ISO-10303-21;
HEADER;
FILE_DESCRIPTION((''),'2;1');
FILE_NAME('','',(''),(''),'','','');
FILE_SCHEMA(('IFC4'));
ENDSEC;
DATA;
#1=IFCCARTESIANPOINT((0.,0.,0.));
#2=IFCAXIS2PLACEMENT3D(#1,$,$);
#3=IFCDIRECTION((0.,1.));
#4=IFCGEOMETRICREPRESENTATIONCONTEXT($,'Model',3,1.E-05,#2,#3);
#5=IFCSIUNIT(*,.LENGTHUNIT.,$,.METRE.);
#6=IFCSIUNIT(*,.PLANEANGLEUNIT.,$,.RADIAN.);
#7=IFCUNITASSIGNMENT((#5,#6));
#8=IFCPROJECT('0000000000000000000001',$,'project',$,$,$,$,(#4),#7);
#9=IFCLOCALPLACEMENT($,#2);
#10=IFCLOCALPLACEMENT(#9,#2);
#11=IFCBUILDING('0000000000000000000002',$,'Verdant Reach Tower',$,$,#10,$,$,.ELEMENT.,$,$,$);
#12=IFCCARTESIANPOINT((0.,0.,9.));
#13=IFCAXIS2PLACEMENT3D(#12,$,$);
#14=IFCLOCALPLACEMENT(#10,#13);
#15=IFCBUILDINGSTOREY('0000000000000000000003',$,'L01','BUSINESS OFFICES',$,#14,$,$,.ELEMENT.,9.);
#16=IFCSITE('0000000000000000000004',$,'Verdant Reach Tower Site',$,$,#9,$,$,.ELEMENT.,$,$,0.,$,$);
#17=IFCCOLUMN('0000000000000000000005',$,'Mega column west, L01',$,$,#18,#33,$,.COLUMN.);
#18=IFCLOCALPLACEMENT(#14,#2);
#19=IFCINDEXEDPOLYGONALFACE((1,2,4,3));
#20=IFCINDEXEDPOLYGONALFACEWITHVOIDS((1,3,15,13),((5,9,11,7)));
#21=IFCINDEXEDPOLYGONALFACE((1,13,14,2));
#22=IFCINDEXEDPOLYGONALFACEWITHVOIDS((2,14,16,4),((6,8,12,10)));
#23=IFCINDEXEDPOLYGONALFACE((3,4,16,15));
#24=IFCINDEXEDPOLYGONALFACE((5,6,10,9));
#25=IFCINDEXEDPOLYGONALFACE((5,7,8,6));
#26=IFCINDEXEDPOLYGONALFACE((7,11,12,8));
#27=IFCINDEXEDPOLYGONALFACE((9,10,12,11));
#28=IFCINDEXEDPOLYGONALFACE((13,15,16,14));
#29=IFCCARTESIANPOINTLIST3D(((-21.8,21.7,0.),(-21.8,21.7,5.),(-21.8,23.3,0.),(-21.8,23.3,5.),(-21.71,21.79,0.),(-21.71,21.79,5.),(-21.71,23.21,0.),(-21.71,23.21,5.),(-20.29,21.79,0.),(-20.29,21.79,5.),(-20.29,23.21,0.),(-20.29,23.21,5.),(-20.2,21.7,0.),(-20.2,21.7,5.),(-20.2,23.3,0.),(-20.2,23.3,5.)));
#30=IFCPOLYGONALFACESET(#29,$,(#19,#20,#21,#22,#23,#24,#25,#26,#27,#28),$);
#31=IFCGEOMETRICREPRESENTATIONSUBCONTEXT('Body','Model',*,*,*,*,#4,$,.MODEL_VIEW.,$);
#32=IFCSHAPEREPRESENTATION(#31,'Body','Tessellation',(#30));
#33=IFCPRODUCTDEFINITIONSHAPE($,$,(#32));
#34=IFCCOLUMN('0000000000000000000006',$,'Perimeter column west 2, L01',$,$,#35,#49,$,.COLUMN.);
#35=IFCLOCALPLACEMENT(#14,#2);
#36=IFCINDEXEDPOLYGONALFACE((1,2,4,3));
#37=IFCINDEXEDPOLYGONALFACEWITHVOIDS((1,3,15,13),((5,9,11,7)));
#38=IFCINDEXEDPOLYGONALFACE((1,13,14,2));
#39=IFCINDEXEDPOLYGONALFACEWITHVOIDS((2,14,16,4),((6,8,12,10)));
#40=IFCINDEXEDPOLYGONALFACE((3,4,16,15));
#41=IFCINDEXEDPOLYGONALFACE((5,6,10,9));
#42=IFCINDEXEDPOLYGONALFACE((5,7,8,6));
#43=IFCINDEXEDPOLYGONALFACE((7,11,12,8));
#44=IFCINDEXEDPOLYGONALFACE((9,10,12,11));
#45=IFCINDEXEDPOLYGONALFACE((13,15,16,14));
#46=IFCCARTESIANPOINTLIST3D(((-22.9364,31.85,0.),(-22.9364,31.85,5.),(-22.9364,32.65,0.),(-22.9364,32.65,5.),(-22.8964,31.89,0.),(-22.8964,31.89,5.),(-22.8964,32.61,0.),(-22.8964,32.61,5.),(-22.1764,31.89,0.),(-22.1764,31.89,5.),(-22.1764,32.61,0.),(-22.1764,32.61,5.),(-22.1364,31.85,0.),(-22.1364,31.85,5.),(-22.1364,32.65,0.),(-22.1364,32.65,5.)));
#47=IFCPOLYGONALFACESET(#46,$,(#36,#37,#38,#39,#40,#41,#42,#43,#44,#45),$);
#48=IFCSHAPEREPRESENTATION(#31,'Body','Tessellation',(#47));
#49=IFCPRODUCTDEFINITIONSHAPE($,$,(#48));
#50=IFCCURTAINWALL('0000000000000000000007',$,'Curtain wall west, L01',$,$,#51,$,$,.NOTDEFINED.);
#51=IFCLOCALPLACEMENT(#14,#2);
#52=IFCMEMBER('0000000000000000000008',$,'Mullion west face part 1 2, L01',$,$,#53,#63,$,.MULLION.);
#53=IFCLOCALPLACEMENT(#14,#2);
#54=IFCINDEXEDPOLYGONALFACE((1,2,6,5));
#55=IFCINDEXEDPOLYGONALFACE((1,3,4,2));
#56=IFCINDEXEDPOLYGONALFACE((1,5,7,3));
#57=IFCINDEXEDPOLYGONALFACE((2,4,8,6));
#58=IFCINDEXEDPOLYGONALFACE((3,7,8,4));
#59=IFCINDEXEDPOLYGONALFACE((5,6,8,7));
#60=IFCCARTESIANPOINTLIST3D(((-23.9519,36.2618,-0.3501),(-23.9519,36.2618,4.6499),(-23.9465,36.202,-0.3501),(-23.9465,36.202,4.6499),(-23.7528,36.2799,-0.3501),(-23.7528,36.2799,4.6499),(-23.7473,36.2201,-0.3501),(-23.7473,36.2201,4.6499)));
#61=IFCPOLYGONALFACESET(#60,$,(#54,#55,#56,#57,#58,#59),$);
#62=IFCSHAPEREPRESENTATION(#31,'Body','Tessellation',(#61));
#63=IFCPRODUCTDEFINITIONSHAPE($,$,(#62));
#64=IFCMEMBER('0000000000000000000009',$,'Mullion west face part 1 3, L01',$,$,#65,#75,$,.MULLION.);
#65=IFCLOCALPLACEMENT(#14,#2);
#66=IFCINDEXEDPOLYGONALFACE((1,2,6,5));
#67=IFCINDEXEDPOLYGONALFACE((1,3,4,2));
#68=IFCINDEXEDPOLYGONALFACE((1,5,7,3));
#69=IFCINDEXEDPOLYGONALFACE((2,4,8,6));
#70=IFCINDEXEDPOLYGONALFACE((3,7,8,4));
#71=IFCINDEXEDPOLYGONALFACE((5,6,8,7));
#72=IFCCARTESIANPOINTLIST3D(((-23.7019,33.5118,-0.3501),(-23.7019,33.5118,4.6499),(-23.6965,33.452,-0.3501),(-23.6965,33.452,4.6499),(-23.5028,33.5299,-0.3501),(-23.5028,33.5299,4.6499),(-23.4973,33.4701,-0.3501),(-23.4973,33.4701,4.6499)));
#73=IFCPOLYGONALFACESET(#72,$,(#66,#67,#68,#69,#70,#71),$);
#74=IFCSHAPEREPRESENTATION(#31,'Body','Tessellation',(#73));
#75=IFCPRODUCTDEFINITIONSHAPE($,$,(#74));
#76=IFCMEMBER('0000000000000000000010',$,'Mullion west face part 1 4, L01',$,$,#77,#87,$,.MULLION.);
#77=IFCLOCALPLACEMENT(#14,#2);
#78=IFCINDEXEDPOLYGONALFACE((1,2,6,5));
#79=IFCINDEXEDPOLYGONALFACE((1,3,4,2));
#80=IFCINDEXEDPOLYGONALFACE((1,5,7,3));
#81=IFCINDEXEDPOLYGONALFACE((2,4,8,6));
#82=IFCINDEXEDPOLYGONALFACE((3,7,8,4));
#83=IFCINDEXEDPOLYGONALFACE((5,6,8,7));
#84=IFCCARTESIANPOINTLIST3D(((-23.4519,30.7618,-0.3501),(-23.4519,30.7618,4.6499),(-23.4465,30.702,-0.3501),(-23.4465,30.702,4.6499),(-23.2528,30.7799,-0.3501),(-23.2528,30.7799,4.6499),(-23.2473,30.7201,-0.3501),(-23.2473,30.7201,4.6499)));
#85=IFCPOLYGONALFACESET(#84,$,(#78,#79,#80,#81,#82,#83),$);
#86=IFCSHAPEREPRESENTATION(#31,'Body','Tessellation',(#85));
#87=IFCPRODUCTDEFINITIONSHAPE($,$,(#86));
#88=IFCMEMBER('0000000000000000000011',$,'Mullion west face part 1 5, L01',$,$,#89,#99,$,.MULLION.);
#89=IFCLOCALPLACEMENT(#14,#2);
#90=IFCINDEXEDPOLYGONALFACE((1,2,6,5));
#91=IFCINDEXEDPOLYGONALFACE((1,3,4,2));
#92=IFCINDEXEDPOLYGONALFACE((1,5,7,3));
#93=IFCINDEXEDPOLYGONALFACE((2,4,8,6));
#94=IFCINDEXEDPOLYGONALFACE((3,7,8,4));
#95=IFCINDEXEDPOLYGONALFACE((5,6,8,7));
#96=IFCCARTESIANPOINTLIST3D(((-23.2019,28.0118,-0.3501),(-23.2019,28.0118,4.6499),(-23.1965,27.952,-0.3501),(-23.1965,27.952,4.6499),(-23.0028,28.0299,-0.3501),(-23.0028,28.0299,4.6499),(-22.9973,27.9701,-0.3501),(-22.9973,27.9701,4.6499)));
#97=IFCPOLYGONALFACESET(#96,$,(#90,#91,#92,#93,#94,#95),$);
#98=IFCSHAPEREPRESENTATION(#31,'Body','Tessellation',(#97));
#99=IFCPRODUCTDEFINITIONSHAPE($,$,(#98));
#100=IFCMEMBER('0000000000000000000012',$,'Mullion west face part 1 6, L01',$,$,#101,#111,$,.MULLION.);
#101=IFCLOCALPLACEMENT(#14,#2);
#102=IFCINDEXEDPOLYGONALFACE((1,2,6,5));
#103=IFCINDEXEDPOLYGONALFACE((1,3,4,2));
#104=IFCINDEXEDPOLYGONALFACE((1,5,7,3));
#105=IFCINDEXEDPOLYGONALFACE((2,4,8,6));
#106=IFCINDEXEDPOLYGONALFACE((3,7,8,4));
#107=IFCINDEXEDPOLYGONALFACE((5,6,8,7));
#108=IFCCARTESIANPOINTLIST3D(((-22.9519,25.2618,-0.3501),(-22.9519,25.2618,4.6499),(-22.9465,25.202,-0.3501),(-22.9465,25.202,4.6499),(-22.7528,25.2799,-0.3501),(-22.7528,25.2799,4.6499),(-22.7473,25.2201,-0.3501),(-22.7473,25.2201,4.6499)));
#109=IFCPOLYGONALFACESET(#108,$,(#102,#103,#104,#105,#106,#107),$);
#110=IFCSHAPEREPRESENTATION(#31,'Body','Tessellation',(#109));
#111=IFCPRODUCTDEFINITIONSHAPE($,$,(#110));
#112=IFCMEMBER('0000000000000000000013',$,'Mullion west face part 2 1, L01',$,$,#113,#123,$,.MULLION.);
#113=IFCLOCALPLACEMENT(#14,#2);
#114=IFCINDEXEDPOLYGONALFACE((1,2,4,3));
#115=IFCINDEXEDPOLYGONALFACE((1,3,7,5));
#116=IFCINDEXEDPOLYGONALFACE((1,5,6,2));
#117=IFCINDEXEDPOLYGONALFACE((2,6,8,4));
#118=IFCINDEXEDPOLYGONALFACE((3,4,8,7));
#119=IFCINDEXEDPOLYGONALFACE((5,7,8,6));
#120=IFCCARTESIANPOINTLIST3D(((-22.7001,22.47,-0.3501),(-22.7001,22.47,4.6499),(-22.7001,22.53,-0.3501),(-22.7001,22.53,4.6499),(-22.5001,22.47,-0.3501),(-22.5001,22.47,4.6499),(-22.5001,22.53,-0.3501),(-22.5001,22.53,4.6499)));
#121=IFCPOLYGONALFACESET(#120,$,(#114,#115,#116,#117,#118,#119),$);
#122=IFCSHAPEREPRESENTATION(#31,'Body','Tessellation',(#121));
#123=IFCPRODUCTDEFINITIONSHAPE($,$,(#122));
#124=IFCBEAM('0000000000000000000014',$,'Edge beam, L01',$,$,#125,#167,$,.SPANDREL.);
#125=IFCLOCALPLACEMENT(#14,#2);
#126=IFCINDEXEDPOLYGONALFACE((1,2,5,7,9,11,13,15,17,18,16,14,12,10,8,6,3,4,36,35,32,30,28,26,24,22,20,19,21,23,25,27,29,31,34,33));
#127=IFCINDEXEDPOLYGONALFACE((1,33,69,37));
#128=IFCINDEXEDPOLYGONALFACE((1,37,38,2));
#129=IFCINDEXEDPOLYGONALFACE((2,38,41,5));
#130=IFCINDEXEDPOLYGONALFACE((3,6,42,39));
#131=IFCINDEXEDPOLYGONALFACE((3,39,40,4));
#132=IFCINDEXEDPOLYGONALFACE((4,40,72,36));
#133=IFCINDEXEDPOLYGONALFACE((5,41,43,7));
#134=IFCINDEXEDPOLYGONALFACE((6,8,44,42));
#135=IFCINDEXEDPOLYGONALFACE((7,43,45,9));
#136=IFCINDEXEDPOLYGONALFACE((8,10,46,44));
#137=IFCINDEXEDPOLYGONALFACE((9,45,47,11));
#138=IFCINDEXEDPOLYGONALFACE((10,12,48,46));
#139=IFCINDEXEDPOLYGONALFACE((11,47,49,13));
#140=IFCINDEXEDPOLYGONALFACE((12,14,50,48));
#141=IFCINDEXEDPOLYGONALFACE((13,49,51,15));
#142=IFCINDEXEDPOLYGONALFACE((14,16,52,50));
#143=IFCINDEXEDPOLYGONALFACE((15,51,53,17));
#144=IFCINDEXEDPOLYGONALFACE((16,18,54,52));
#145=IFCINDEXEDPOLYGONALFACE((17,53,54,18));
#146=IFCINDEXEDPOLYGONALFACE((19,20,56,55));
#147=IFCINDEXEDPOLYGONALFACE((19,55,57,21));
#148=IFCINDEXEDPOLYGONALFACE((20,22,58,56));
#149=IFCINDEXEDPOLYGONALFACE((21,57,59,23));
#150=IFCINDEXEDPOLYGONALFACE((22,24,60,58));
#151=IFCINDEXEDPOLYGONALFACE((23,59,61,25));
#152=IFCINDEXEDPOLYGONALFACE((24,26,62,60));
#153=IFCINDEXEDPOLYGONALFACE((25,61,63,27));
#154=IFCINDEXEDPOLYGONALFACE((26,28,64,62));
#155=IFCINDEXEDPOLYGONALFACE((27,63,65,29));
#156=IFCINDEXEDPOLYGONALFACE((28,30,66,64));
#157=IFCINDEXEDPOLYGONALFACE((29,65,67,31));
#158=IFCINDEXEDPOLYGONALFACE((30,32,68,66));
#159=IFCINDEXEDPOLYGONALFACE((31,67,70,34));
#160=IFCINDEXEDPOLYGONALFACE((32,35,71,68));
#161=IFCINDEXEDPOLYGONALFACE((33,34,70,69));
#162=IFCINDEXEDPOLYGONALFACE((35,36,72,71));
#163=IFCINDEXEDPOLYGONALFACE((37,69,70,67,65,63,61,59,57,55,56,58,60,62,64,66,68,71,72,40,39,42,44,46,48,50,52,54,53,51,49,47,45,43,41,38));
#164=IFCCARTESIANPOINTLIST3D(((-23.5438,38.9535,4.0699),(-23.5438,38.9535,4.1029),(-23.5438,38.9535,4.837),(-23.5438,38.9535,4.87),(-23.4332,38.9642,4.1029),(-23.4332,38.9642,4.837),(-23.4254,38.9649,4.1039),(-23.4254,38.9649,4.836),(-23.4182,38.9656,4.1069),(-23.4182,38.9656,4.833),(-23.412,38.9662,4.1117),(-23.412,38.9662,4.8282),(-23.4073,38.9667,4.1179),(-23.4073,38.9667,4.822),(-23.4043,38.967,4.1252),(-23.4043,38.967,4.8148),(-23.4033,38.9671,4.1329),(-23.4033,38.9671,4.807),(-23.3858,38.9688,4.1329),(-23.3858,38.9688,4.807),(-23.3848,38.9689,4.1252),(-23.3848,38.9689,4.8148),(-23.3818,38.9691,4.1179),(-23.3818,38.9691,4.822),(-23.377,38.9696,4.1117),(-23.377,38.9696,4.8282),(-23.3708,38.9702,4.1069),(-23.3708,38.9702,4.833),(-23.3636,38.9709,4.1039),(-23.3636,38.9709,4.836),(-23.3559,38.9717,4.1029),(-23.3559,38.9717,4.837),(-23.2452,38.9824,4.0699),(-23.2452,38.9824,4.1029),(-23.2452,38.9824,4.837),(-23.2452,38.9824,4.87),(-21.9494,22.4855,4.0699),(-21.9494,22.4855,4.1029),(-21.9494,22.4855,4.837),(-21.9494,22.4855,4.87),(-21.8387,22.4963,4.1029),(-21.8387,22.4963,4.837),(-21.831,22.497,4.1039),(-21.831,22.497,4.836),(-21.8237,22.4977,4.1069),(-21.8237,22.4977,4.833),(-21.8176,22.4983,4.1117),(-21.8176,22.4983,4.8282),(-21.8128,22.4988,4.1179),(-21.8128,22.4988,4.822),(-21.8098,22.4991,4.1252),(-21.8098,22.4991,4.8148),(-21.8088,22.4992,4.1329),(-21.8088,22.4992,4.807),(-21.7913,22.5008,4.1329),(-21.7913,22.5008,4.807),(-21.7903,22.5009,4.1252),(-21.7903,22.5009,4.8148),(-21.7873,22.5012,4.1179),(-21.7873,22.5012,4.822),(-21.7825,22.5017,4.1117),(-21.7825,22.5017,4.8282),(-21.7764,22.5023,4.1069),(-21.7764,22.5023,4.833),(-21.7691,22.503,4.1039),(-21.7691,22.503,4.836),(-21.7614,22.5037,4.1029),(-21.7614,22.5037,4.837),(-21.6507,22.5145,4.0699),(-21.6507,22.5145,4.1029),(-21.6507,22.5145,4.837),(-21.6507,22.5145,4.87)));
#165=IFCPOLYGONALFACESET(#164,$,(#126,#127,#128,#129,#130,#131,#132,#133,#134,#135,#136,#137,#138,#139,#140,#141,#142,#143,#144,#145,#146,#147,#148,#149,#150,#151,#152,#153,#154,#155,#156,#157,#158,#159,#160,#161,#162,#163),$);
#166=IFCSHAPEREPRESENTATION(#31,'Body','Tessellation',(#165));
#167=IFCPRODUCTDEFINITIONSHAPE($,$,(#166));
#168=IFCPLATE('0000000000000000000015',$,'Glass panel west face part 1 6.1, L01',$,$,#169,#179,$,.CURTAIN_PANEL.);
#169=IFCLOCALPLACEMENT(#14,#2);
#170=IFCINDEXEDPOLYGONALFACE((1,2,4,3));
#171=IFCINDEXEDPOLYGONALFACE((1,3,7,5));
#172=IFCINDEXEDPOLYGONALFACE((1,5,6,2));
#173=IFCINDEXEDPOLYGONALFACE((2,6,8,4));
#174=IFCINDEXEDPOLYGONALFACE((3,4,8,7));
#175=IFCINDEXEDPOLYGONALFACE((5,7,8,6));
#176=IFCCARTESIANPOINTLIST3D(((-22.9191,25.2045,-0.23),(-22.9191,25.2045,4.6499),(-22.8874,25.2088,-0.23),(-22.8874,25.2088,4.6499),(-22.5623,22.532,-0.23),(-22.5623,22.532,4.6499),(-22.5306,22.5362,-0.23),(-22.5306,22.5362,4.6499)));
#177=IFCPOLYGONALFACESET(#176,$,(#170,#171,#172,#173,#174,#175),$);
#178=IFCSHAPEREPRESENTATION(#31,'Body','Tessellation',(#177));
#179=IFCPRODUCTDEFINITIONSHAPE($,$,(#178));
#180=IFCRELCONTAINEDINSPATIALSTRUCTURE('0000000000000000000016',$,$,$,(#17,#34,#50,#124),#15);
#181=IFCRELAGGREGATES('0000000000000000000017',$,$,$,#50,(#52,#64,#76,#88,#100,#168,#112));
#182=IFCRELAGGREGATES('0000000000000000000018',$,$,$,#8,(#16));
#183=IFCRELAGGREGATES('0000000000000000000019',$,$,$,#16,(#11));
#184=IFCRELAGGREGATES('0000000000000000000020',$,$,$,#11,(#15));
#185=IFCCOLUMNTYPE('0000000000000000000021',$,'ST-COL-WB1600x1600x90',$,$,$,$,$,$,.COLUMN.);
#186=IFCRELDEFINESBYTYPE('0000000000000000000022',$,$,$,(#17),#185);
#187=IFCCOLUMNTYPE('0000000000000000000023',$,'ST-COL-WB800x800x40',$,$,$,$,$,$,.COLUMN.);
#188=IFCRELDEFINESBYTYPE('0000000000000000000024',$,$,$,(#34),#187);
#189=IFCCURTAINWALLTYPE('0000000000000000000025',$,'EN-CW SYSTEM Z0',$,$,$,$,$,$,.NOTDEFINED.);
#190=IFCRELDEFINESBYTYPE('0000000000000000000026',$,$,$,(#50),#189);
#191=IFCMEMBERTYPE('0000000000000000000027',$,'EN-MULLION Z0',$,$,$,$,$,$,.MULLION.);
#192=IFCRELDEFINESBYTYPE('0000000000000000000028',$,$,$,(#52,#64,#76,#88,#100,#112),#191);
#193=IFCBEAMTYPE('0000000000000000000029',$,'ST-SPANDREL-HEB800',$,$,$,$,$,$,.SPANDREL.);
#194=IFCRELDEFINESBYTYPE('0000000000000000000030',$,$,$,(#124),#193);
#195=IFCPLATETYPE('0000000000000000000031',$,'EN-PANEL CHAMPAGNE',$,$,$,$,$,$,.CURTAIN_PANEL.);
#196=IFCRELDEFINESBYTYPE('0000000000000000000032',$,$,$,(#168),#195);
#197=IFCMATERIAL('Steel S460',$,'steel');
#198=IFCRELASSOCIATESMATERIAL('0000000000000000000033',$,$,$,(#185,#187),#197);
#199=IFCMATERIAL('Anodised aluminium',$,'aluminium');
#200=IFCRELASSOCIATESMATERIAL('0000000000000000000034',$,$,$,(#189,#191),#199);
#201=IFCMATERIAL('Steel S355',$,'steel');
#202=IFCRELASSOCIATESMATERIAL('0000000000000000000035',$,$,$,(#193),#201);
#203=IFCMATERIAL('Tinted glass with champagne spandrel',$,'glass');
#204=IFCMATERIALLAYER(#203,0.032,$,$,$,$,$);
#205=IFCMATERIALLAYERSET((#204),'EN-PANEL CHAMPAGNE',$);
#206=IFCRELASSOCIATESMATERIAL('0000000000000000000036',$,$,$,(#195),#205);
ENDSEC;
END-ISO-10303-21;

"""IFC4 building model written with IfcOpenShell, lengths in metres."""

from ifc_helpers import new_model, si_unit, direction, frame, origin, origin_2d, place, context, subcontext, project, spatial, rectangle, hollow_rectangle, i_section, extrude, material, layer, layer_set, material_profile, profile_set, type_object, element, aggregate, save


model = new_model("IFC4")

# Units and contexts
model_context = context("Model", 3, precision=1e-05, world=origin(), true_north=direction((0.0, 1.0)))
body_context = subcontext(model_context, "Body", "Model", "MODEL_VIEW")
ifc_project = project(units=[si_unit("LENGTHUNIT", "METRE"), si_unit("PLANEANGLEUNIT", "RADIAN")], contexts=[model_context])

# Site, building, storey
site_placement = place(None, origin())
site = spatial("IfcSite", under=ifc_project, at=site_placement, Name="Verdant Reach Tower Site", CompositionType="ELEMENT", RefElevation=0.0)
building_placement = place(site_placement, origin())
building = spatial("IfcBuilding", under=site, at=building_placement, Name="Verdant Reach Tower", CompositionType="ELEMENT")
storey_placement = place(building_placement, frame((0.0, 0.0, 9.0)))
storey = spatial("IfcBuildingStorey", under=building, at=storey_placement, Name="L01", Description="BUSINESS OFFICES", CompositionType="ELEMENT", Elevation=9.0)

# Columns
ifc_material_1 = material(Name="Steel S460", Category="steel")
ifc_material_profile_1 = material_profile(ifc_material_1, hollow_rectangle(XDim=1.6001, YDim=1.6001, WallThickness=0.0901, at=origin_2d()), Name="WB 1600x1600x90")
ifc_profile_set_1 = profile_set([ifc_material_profile_1], Name="Steel S460")
column_type_1 = type_object("IfcColumnType", Name="ST-COL-WB1600x1600x90", PredefinedType="COLUMN", material=ifc_profile_set_1)
column_1_placement = place(storey_placement, frame((-21.0, 22.5, 0.0), z_axis=(0.0, 0.0, 1.0), x_axis=(1.0, 0.0, 0.0)))
element("IfcColumn", 1, at=column_1_placement, inside=storey, type_object=column_type_1, Name="Mega column west, L01", PredefinedType="COLUMN", context=body_context, shape_type="SweptSolid", body=[
    extrude(hollow_rectangle(XDim=1.6001, YDim=1.6001, WallThickness=0.0901, at=origin_2d()), origin(), (0.0, 0.0, 1.0), 5.0),
])
ifc_material_profile_2 = material_profile(ifc_material_1, hollow_rectangle(XDim=0.8, YDim=0.8, WallThickness=0.04, at=origin_2d()), Name="WB 800x800x40")
ifc_profile_set_2 = profile_set([ifc_material_profile_2], Name="Steel S460")
column_type_2 = type_object("IfcColumnType", Name="ST-COL-WB800x800x40", PredefinedType="COLUMN", material=ifc_profile_set_2)
column_2_placement = place(storey_placement, frame((-22.5364, 32.25, 0.0), z_axis=(0.0, 0.0, 1.0), x_axis=(1.0, 0.0, 0.0)))
element("IfcColumn", 2, at=column_2_placement, inside=storey, type_object=column_type_2, Name="Perimeter column west 2, L01", PredefinedType="COLUMN", context=body_context, shape_type="SweptSolid", body=[
    extrude(hollow_rectangle(XDim=0.8, YDim=0.8, WallThickness=0.04, at=origin_2d()), origin(), (0.0, 0.0, 1.0), 5.0),
])

# Curtain wall, members
ifc_material_2 = material(Name="Anodised aluminium", Category="aluminium")
curtain_wall_type = type_object("IfcCurtainWallType", Name="EN-CW SYSTEM Z0", PredefinedType="NOTDEFINED", material=ifc_material_2)
curtain_wall_placement = place(storey_placement, origin())
curtain_wall = element("IfcCurtainWall", 3, at=curtain_wall_placement, inside=storey, type_object=curtain_wall_type, Name="Curtain wall west, L01", PredefinedType="NOTDEFINED")
ifc_material_profile_3 = material_profile(ifc_material_2, rectangle(XDim=0.2, YDim=0.0601, at=origin_2d()), Name="Mullion 60x200")
ifc_profile_set_3 = profile_set([ifc_material_profile_3], Name="Anodised aluminium")
member_type = type_object("IfcMemberType", Name="EN-MULLION Z0", PredefinedType="MULLION", material=ifc_profile_set_3)
member_1_placement = place(storey_placement, frame((-23.8496, 36.241, -0.3501), z_axis=(0.0, 0.0, 1.0), x_axis=(-0.995893, -0.090536, 0.0)))
member_1 = element("IfcMember", 4, at=member_1_placement, type_object=member_type, Name="Mullion west face part 1 2, L01", PredefinedType="MULLION", context=body_context, shape_type="SweptSolid", body=[
    extrude(rectangle(XDim=0.2, YDim=0.0601, at=origin_2d()), origin(), (0.0, 0.0, 1.0), 5.0),
])
member_2_placement = place(storey_placement, frame((-23.5996, 33.491, -0.3501), z_axis=(0.0, 0.0, 1.0), x_axis=(-0.995893, -0.090536, 0.0)))
member_2 = element("IfcMember", 5, at=member_2_placement, type_object=member_type, Name="Mullion west face part 1 3, L01", PredefinedType="MULLION", context=body_context, shape_type="SweptSolid", body=[
    extrude(rectangle(XDim=0.2, YDim=0.0601, at=origin_2d()), origin(), (0.0, 0.0, 1.0), 5.0),
])
member_3_placement = place(storey_placement, frame((-23.3496, 30.741, -0.3501), z_axis=(0.0, 0.0, 1.0), x_axis=(-0.995893, -0.090536, 0.0)))
member_3 = element("IfcMember", 6, at=member_3_placement, type_object=member_type, Name="Mullion west face part 1 4, L01", PredefinedType="MULLION", context=body_context, shape_type="SweptSolid", body=[
    extrude(rectangle(XDim=0.2, YDim=0.0601, at=origin_2d()), origin(), (0.0, 0.0, 1.0), 5.0),
])
member_4_placement = place(storey_placement, frame((-23.0996, 27.991, -0.3501), z_axis=(0.0, 0.0, 1.0), x_axis=(-0.995893, -0.090536, 0.0)))
member_4 = element("IfcMember", 7, at=member_4_placement, type_object=member_type, Name="Mullion west face part 1 5, L01", PredefinedType="MULLION", context=body_context, shape_type="SweptSolid", body=[
    extrude(rectangle(XDim=0.2, YDim=0.0601, at=origin_2d()), origin(), (0.0, 0.0, 1.0), 5.0),
])
member_5_placement = place(storey_placement, frame((-22.8496, 25.241, -0.3501), z_axis=(0.0, 0.0, 1.0), x_axis=(-0.995893, -0.090536, 0.0)))
member_5 = element("IfcMember", 8, at=member_5_placement, type_object=member_type, Name="Mullion west face part 1 6, L01", PredefinedType="MULLION", context=body_context, shape_type="SweptSolid", body=[
    extrude(rectangle(XDim=0.2, YDim=0.0601, at=origin_2d()), origin(), (0.0, 0.0, 1.0), 5.0),
])
member_6_placement = place(storey_placement, frame((-22.6001, 22.5, -0.3501), z_axis=(0.0, 0.0, 1.0), x_axis=(-1.0, 0.0, 0.0)))
member_6 = element("IfcMember", 9, at=member_6_placement, type_object=member_type, Name="Mullion west face part 2 1, L01", PredefinedType="MULLION", context=body_context, shape_type="SweptSolid", body=[
    extrude(rectangle(XDim=0.2, YDim=0.0601, at=origin_2d()), origin(), (0.0, 0.0, 1.0), 5.0),
])

# Beam
ifc_material_3 = material(Name="Steel S355", Category="steel")
ifc_material_profile_4 = material_profile(ifc_material_3, i_section(OverallWidth=0.3, OverallDepth=0.8, WebThickness=0.0176, FlangeThickness=0.033, FilletRadius=0.03, at=origin_2d()), Name="HEB 800")
ifc_profile_set_4 = profile_set([ifc_material_profile_4], Name="Steel S355")
beam_type = type_object("IfcBeamType", Name="ST-SPANDREL-HEB800", PredefinedType="SPANDREL", material=ifc_profile_set_4)
beam_placement = place(storey_placement, frame((-21.8, 22.5, 4.47), z_axis=(-0.096372, 0.995345, 0.0), x_axis=(-0.995345, -0.096372, 0.0)))
element("IfcBeam", 10, at=beam_placement, inside=storey, type_object=beam_type, Name="Edge beam, L01", PredefinedType="SPANDREL", context=body_context, shape_type="SweptSolid", body=[
    extrude(i_section(OverallWidth=0.3, OverallDepth=0.8, WebThickness=0.0176, FlangeThickness=0.033, FilletRadius=0.03, at=origin_2d()), origin(), (0.0, 0.0, 1.0), 16.5449),
])

# Plate
ifc_material_4 = material(Name="Tinted glass with champagne spandrel", Category="glass")
ifc_layer_1 = layer(ifc_material_4, 0.032)
ifc_layer_set_1 = layer_set([ifc_layer_1], Name="EN-PANEL CHAMPAGNE")
plate_type_1 = type_object("IfcPlateType", Name="EN-PANEL CHAMPAGNE", PredefinedType="CURTAIN_PANEL", material=ifc_layer_set_1)
plate_1_placement = place(storey_placement, frame((-22.7249, 23.8704, -0.23), z_axis=(0.0, 0.0, 1.0), x_axis=(0.132308, -0.991209, 0.0)))
plate_1 = element("IfcPlate", 11, at=plate_1_placement, type_object=plate_type_1, Name="Glass panel west face part 1 6.1, L01", PredefinedType="CURTAIN_PANEL", context=body_context, shape_type="SweptSolid", body=[
    extrude(rectangle(XDim=2.6963, YDim=0.032, at=origin_2d()), origin(), (0.0, 0.0, 1.0), 4.8799),
])
aggregate(curtain_wall, [member_1, member_2, member_3, member_4, member_5, plate_1, member_6])

save(model, "model.ifc")
